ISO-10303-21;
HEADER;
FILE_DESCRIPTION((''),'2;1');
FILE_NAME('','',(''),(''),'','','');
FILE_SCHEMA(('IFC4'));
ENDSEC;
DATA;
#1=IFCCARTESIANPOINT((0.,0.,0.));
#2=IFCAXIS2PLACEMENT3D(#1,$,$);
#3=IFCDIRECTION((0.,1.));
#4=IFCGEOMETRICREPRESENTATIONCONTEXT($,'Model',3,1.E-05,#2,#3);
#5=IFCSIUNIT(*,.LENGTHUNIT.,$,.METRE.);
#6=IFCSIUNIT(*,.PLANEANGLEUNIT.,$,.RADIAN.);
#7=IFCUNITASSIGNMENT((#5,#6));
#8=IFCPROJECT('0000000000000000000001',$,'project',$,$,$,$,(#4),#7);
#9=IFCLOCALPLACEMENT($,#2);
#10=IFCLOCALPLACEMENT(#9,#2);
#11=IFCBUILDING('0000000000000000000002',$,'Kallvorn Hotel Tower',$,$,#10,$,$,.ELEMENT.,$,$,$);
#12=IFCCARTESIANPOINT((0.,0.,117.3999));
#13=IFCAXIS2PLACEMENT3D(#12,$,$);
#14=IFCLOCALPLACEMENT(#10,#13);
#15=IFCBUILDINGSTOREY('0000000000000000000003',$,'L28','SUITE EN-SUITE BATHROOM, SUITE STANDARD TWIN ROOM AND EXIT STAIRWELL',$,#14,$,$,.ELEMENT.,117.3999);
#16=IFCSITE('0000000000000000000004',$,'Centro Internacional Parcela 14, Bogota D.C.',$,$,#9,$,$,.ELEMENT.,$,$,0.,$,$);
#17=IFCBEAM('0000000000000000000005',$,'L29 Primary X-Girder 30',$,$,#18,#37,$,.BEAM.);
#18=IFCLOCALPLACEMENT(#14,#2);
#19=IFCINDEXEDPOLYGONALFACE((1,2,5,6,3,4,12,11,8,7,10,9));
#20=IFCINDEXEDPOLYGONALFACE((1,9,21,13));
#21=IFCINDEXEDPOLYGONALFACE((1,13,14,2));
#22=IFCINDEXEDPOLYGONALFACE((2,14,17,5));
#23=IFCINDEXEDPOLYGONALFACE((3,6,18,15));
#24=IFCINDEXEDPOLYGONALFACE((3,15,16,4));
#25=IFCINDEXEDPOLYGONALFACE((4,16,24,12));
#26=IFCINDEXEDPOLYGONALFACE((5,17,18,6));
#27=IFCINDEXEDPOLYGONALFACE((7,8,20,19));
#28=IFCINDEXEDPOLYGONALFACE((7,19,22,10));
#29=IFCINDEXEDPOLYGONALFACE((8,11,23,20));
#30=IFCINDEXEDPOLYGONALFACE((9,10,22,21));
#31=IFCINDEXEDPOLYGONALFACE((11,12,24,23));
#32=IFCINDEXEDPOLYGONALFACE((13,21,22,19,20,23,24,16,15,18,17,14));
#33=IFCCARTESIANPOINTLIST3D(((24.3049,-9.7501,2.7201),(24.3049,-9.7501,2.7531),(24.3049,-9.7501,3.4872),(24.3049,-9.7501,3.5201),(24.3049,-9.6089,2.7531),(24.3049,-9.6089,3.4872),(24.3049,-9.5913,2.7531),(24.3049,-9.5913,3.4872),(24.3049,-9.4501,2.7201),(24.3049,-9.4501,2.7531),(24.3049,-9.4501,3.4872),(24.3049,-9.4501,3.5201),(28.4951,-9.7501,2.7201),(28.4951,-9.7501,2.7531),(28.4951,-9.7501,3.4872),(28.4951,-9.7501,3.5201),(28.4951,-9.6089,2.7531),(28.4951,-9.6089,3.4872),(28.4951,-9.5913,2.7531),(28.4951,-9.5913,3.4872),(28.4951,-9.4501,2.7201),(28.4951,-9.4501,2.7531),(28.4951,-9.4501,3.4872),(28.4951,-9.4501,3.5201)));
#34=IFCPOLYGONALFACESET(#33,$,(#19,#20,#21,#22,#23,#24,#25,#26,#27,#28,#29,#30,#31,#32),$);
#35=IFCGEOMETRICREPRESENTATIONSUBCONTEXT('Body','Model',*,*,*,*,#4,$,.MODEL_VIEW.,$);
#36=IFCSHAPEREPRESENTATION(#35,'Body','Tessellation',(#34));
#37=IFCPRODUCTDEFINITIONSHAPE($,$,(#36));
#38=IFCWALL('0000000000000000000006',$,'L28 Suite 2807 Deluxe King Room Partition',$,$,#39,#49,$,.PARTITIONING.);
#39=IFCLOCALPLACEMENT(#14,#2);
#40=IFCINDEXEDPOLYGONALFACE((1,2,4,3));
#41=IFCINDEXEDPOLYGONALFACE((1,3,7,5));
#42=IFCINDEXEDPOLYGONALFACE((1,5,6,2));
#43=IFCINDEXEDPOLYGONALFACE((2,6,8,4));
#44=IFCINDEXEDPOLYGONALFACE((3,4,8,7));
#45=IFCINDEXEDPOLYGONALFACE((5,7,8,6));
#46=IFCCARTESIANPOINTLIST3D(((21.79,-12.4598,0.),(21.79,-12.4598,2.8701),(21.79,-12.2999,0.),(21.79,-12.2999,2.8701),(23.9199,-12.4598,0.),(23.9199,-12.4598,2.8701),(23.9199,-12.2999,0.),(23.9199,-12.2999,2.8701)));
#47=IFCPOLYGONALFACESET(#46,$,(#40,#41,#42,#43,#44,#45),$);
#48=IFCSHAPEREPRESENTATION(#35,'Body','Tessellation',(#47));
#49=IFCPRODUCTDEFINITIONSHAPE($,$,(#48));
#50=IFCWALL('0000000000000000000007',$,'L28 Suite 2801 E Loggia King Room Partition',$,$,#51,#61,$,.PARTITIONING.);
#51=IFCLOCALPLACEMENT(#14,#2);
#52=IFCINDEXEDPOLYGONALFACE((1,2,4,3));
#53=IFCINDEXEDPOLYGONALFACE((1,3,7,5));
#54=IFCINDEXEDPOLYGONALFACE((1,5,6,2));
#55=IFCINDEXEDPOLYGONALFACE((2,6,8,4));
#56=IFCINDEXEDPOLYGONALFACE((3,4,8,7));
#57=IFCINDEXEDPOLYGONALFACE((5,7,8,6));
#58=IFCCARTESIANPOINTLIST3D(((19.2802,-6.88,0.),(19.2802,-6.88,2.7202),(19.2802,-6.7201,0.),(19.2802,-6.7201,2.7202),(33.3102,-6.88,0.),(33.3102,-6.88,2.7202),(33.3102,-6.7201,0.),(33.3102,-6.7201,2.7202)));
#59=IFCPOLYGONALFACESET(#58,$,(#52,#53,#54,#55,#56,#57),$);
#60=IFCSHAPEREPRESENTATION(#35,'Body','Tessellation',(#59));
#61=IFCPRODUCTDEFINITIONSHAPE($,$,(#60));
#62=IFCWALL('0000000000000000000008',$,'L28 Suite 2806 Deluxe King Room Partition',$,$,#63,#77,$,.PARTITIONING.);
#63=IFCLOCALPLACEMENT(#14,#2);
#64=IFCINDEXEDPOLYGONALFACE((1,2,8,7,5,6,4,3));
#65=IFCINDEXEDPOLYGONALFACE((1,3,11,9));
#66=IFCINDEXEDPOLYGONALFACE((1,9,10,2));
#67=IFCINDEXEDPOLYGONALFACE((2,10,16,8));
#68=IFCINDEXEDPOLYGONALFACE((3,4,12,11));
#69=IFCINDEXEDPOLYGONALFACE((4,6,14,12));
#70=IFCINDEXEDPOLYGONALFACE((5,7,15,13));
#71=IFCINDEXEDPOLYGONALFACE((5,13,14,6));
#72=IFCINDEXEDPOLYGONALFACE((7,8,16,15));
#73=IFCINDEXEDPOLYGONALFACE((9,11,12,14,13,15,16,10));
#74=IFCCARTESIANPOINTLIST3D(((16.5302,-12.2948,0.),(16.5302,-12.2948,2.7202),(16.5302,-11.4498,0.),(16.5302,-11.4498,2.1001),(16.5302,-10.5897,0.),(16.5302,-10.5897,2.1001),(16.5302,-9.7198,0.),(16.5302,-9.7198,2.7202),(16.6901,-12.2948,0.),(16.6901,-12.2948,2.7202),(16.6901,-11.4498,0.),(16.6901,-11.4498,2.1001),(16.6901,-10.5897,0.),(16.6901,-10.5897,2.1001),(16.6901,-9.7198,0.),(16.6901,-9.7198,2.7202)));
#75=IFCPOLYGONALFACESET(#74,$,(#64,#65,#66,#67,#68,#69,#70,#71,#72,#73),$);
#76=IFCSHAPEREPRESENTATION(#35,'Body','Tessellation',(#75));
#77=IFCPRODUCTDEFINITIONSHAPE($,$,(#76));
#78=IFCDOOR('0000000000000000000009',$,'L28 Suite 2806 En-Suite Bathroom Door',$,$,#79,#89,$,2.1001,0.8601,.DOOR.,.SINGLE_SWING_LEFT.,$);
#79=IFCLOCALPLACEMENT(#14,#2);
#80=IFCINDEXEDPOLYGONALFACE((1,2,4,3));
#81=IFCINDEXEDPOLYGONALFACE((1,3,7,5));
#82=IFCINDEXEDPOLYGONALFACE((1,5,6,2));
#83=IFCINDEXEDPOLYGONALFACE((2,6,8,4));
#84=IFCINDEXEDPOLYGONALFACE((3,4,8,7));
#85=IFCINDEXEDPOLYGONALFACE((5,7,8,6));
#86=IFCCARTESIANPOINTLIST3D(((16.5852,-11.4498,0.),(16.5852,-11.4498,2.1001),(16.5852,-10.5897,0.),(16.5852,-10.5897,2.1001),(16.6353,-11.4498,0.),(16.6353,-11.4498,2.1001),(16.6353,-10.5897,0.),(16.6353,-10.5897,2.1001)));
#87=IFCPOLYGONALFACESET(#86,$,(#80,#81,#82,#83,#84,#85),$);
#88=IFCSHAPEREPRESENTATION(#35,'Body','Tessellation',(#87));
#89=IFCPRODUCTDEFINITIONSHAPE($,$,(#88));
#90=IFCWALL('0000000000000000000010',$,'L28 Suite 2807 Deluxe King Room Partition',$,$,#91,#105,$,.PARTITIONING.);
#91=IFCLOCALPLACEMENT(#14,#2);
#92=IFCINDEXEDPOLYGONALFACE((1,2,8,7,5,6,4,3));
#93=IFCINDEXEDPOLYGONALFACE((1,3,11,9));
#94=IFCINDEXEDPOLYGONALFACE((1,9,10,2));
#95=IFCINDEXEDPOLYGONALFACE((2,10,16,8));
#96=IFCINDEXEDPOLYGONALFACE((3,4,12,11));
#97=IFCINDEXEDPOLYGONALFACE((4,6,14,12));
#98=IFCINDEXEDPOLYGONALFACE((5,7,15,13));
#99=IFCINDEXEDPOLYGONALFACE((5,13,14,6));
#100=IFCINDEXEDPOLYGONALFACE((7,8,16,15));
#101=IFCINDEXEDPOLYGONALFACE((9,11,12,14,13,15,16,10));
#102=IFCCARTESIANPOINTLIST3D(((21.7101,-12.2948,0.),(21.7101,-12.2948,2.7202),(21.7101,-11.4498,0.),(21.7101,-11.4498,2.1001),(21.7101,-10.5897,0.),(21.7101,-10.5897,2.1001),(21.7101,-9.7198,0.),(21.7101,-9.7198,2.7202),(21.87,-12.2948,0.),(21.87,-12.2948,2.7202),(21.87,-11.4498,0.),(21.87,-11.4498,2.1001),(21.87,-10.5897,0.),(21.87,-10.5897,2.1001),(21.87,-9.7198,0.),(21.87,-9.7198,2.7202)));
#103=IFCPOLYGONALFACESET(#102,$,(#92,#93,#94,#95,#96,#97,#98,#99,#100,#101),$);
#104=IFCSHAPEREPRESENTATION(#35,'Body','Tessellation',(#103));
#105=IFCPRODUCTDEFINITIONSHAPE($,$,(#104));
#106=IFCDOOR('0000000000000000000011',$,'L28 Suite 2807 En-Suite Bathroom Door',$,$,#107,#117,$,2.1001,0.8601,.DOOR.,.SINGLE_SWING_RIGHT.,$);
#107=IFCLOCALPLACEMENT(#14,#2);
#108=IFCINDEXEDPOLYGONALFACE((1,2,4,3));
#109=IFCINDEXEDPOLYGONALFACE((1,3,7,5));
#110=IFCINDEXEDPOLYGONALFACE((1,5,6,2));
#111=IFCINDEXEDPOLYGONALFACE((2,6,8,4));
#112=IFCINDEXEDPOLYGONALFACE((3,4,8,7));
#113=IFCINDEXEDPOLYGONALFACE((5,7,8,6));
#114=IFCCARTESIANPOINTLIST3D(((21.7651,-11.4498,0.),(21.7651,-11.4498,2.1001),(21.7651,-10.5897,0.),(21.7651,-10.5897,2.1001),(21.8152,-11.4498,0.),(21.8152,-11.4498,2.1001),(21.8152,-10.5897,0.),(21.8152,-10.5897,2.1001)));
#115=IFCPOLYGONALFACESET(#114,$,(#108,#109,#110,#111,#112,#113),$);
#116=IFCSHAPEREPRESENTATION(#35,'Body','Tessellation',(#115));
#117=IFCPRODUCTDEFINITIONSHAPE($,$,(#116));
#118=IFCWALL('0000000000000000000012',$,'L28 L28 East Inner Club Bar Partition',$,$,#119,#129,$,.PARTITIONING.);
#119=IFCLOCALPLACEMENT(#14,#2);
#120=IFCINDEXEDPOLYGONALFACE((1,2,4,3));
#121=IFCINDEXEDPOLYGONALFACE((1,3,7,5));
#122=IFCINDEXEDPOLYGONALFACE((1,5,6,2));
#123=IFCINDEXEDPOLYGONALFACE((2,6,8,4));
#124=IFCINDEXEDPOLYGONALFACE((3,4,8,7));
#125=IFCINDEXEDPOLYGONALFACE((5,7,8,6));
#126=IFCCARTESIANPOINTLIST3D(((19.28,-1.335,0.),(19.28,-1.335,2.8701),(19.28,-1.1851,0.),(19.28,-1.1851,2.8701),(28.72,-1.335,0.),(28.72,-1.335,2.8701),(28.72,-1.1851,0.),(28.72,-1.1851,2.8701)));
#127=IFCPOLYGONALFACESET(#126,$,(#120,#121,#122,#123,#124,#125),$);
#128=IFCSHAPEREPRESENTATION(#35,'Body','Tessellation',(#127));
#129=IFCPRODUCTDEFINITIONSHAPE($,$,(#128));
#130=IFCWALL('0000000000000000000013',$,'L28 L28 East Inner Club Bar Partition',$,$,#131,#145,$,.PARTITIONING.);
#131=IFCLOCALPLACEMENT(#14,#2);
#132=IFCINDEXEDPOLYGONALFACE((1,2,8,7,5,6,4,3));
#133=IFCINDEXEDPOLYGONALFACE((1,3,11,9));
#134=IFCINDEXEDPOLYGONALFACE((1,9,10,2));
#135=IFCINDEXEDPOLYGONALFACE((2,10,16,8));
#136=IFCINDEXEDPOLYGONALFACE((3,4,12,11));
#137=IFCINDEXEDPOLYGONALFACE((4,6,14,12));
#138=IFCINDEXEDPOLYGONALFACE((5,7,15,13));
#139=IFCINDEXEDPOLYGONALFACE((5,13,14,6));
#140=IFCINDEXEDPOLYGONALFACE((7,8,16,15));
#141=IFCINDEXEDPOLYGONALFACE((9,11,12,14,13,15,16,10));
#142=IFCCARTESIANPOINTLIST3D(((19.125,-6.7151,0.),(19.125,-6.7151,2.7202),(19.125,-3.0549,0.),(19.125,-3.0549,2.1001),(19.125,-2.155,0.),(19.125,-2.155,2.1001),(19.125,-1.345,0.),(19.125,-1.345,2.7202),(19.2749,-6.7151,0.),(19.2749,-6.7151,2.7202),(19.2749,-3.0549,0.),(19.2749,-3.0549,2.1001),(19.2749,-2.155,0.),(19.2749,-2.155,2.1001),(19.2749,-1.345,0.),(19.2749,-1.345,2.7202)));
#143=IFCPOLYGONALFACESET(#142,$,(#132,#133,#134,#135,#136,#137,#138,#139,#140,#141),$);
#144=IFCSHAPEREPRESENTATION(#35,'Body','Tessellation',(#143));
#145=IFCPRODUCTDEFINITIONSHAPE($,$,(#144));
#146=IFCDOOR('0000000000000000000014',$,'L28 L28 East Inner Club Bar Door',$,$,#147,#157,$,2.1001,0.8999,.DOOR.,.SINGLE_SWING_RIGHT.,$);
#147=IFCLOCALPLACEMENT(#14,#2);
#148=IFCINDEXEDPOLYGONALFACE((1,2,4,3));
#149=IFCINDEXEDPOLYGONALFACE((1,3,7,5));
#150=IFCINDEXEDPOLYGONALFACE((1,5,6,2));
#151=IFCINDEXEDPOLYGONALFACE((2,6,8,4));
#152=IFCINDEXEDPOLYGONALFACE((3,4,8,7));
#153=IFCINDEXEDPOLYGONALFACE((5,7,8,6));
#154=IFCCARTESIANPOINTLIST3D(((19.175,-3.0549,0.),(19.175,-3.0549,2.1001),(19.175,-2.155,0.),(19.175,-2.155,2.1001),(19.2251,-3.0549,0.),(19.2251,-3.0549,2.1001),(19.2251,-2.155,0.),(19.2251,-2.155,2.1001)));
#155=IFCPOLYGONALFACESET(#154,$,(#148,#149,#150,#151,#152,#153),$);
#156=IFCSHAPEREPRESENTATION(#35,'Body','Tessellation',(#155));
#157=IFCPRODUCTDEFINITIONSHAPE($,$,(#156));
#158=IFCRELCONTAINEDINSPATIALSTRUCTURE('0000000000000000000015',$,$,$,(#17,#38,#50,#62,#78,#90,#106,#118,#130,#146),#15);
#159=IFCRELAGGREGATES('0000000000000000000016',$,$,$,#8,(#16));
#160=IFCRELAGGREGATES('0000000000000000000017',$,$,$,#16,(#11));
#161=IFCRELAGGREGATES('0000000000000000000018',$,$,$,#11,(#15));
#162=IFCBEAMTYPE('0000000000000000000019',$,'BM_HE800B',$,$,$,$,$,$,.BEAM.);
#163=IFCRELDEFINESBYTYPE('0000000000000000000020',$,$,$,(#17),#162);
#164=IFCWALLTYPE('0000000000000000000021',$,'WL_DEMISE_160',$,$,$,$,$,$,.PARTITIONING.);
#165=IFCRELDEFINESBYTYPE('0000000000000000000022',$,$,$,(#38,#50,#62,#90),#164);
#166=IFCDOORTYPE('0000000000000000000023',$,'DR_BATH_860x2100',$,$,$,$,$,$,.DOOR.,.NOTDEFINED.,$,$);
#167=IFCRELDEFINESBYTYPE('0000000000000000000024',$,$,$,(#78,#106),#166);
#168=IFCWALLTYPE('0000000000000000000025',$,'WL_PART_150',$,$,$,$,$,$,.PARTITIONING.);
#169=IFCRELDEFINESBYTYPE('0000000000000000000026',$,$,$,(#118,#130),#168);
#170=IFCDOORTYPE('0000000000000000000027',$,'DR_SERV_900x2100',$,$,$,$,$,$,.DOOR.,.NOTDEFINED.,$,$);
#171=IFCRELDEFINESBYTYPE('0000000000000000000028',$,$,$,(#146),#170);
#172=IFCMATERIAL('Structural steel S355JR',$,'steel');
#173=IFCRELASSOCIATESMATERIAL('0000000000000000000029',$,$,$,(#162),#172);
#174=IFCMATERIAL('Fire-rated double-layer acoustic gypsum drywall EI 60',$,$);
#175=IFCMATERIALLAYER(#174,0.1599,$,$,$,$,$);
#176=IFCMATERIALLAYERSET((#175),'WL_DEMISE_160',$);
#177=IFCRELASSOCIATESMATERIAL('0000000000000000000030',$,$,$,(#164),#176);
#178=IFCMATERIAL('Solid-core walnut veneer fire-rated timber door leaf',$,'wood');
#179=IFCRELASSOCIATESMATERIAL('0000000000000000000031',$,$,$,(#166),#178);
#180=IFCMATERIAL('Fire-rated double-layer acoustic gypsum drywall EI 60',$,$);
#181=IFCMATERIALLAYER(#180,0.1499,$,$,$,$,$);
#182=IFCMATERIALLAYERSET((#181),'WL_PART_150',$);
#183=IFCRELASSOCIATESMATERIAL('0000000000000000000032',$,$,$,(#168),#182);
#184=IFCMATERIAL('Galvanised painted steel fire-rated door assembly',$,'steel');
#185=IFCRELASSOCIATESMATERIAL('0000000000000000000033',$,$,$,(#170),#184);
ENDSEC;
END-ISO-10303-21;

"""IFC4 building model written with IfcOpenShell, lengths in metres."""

from ifc_helpers import new_model, si_unit, direction, frame, frame_2d, origin, origin_2d, place, context, subcontext, project, spatial, rectangle, i_section, extrude, material, layer, layer_set, material_profile, profile_set, type_object, element, fill, save


model = new_model("IFC4")

# Units and contexts
model_context = context("Model", 3, precision=1e-05, world=origin(), true_north=direction((0.0, 1.0)))
body_context = subcontext(model_context, "Body", "Model", "MODEL_VIEW")
ifc_project = project(units=[si_unit("LENGTHUNIT", "METRE"), si_unit("PLANEANGLEUNIT", "RADIAN")], contexts=[model_context])

# Site, building, storey
site_placement = place(None, origin())
site = spatial("IfcSite", under=ifc_project, at=site_placement, Name="Centro Internacional Parcela 14, Bogota D.C.", CompositionType="ELEMENT", RefElevation=0.0)
building_placement = place(site_placement, origin())
building = spatial("IfcBuilding", under=site, at=building_placement, Name="Kallvorn Hotel Tower", CompositionType="ELEMENT")
storey_placement = place(building_placement, frame((0.0, 0.0, 117.3999)))
storey = spatial("IfcBuildingStorey", under=building, at=storey_placement, Name="L28", Description="SUITE EN-SUITE BATHROOM, SUITE STANDARD TWIN ROOM AND EXIT STAIRWELL", CompositionType="ELEMENT", Elevation=117.3999)

# Beam
ifc_material_1 = material(Name="Structural steel S355JR", Category="steel")
ifc_material_profile_1 = material_profile(ifc_material_1, i_section(OverallWidth=0.3, OverallDepth=0.8, WebThickness=0.0176, FlangeThickness=0.033, at=origin_2d()), Name="HE 800 B")
ifc_profile_set_1 = profile_set([ifc_material_profile_1], Name="Structural steel S355JR")
beam_type_1 = type_object("IfcBeamType", Name="BM_HE800B", PredefinedType="BEAM", material=ifc_profile_set_1)
for number, where, z_axis, x_axis, name in (
    (1, (24.3049, -9.6001, 3.1201), (1.0, 0.0, 0.0), (0.0, 1.0, 0.0), "L29 Primary X-Girder 30"),
):
    element("IfcBeam", number, at=place(storey_placement, frame(where, z_axis=z_axis, x_axis=x_axis)), inside=storey, type_object=beam_type_1, Name=name, PredefinedType="BEAM", context=body_context, shape_type="SweptSolid", body=[
        extrude(i_section(OverallWidth=0.3, OverallDepth=0.8, WebThickness=0.0176, FlangeThickness=0.033, at=origin_2d()), origin(), (0.0, 0.0, 1.0), 4.1902),
    ])

# Walls
ifc_material_2 = material(Name="Fire-rated double-layer acoustic gypsum drywall EI 60")
ifc_layer_1 = layer(ifc_material_2, 0.1599)
ifc_layer_set_1 = layer_set([ifc_layer_1], Name="WL_DEMISE_160")
wall_type_1 = type_object("IfcWallType", Name="WL_DEMISE_160", PredefinedType="PARTITIONING", material=ifc_layer_set_1)
wall_1_placement = place(storey_placement, frame((21.79, -12.3799, 0.0), z_axis=(0.0, 0.0, 1.0), x_axis=(1.0, 0.0, 0.0)))
element("IfcWall", 2, at=wall_1_placement, inside=storey, type_object=wall_type_1, Name="L28 Suite 2807 Deluxe King Room Partition", PredefinedType="PARTITIONING", context=body_context, shape_type="SweptSolid", body=[
    extrude(rectangle(XDim=2.1299, YDim=0.1599, at=frame_2d((1.0649, 0.0))), origin(), (0.0, 0.0, 1.0), 2.8701),
])
wall_2_placement = place(storey_placement, frame((19.28, -6.8, 0.0), z_axis=(0.0, 0.0, 1.0), x_axis=(1.0, 0.0, 0.0)))
element("IfcWall", 3, at=wall_2_placement, inside=storey, type_object=wall_type_1, Name="L28 Suite 2801 E Loggia King Room Partition", PredefinedType="PARTITIONING", context=body_context, shape_type="SweptSolid", body=[
    extrude(rectangle(XDim=14.03, YDim=0.1599, at=frame_2d((7.0151, 0.0))), origin(), (0.0, 0.0, 1.0), 2.7202),
])

# Walls, openings, doors
wall_3_placement = place(storey_placement, frame((16.6101, -12.2949, 0.0), z_axis=(0.0, 0.0, 1.0), x_axis=(0.0, 1.0, 0.0)))
wall_3 = element("IfcWall", 4, at=wall_3_placement, inside=storey, type_object=wall_type_1, Name="L28 Suite 2806 Deluxe King Room Partition", PredefinedType="PARTITIONING", context=body_context, shape_type="SweptSolid", body=[
    extrude(rectangle(XDim=2.575, YDim=0.1599, at=frame_2d((1.2876, 0.0))), origin(), (0.0, 0.0, 1.0), 2.7202),
])
opening_1_placement = place(wall_3_placement, frame((0.845, 0.0, 0.0)))
opening_1 = element("IfcOpeningElement", 5, at=opening_1_placement, cuts=wall_3, PredefinedType="OPENING", context=body_context, shape_type="SweptSolid", body=[
    extrude(rectangle(XDim=0.8601, YDim=2.1001, at=frame_2d((0.4302, 1.05))), frame((0.0, 0.095, 0.0), z_axis=(0.0, -1.0, 0.0), x_axis=(1.0, 0.0, 0.0)), (0.0, 0.0, 1.0), 0.1899),
])
ifc_material_3 = material(Name="Solid-core walnut veneer fire-rated timber door leaf", Category="wood")
door_type_1 = type_object("IfcDoorType", Name="DR_BATH_860x2100", OperationType="NOTDEFINED", PredefinedType="DOOR", material=ifc_material_3)
door_1_placement = place(opening_1_placement, origin())
door_1 = element("IfcDoor", 6, at=door_1_placement, inside=storey, type_object=door_type_1, Name="L28 Suite 2806 En-Suite Bathroom Door", OperationType="SINGLE_SWING_LEFT", OverallHeight=2.1001, OverallWidth=0.8601, PredefinedType="DOOR", context=body_context, shape_type="SweptSolid", body=[
    extrude(rectangle(XDim=0.8601, YDim=2.1001, at=frame_2d((0.4302, 1.05))), frame((0.0, 0.0249, 0.0), z_axis=(0.0, -1.0, 0.0), x_axis=(1.0, 0.0, 0.0)), (0.0, 0.0, 1.0), 0.05),
])
fill(opening_1, door_1)
wall_4_placement = place(storey_placement, frame((21.79, -12.2949, 0.0), z_axis=(0.0, 0.0, 1.0), x_axis=(0.0, 1.0, 0.0)))
wall_4 = element("IfcWall", 7, at=wall_4_placement, inside=storey, type_object=wall_type_1, Name="L28 Suite 2807 Deluxe King Room Partition", PredefinedType="PARTITIONING", context=body_context, shape_type="SweptSolid", body=[
    extrude(rectangle(XDim=2.575, YDim=0.1599, at=frame_2d((1.2876, 0.0))), origin(), (0.0, 0.0, 1.0), 2.7202),
])
opening_2_placement = place(wall_4_placement, frame((0.845, 0.0, 0.0)))
opening_2 = element("IfcOpeningElement", 8, at=opening_2_placement, cuts=wall_4, PredefinedType="OPENING", context=body_context, shape_type="SweptSolid", body=[
    extrude(rectangle(XDim=0.8601, YDim=2.1001, at=frame_2d((0.4302, 1.05))), frame((0.0, 0.095, 0.0), z_axis=(0.0, -1.0, 0.0), x_axis=(1.0, 0.0, 0.0)), (0.0, 0.0, 1.0), 0.1899),
])
door_2_placement = place(opening_2_placement, origin())
door_2 = element("IfcDoor", 9, at=door_2_placement, inside=storey, type_object=door_type_1, Name="L28 Suite 2807 En-Suite Bathroom Door", OperationType="SINGLE_SWING_RIGHT", OverallHeight=2.1001, OverallWidth=0.8601, PredefinedType="DOOR", context=body_context, shape_type="SweptSolid", body=[
    extrude(rectangle(XDim=0.8601, YDim=2.1001, at=frame_2d((0.4302, 1.05))), frame((0.0, 0.0249, 0.0), z_axis=(0.0, -1.0, 0.0), x_axis=(1.0, 0.0, 0.0)), (0.0, 0.0, 1.0), 0.05),
])
fill(opening_2, door_2)

# Wall
ifc_material_4 = material(Name="Fire-rated double-layer acoustic gypsum drywall EI 60")
ifc_layer_2 = layer(ifc_material_4, 0.1499)
ifc_layer_set_2 = layer_set([ifc_layer_2], Name="WL_PART_150")
wall_type_2 = type_object("IfcWallType", Name="WL_PART_150", PredefinedType="PARTITIONING", material=ifc_layer_set_2)
wall_5_placement = place(storey_placement, frame((19.28, -1.26, 0.0), z_axis=(0.0, 0.0, 1.0), x_axis=(1.0, 0.0, 0.0)))
element("IfcWall", 10, at=wall_5_placement, inside=storey, type_object=wall_type_2, Name="L28 L28 East Inner Club Bar Partition", PredefinedType="PARTITIONING", context=body_context, shape_type="SweptSolid", body=[
    extrude(rectangle(XDim=9.4399, YDim=0.1499, at=frame_2d((4.72, 0.0))), origin(), (0.0, 0.0, 1.0), 2.8701),
])

# Wall, opening, door
wall_6_placement = place(storey_placement, frame((19.2, -6.7151, 0.0), z_axis=(0.0, 0.0, 1.0), x_axis=(0.0, 1.0, 0.0)))
wall_6 = element("IfcWall", 11, at=wall_6_placement, inside=storey, type_object=wall_type_2, Name="L28 L28 East Inner Club Bar Partition", PredefinedType="PARTITIONING", context=body_context, shape_type="SweptSolid", body=[
    extrude(rectangle(XDim=5.3701, YDim=0.1499, at=frame_2d((2.6851, 0.0))), origin(), (0.0, 0.0, 1.0), 2.7202),
])
opening_3_placement = place(wall_6_placement, frame((3.6602, 0.0, 0.0)))
opening_3 = element("IfcOpeningElement", 12, at=opening_3_placement, cuts=wall_6, PredefinedType="OPENING", context=body_context, shape_type="SweptSolid", body=[
    extrude(rectangle(XDim=0.8999, YDim=2.1001, at=frame_2d((0.45, 1.05))), frame((0.0, 0.0898, 0.0), z_axis=(0.0, -1.0, 0.0), x_axis=(1.0, 0.0, 0.0)), (0.0, 0.0, 1.0), 0.1799),
])
ifc_material_5 = material(Name="Galvanised painted steel fire-rated door assembly", Category="steel")
door_type_2 = type_object("IfcDoorType", Name="DR_SERV_900x2100", OperationType="NOTDEFINED", PredefinedType="DOOR", material=ifc_material_5)
door_3_placement = place(opening_3_placement, origin())
door_3 = element("IfcDoor", 13, at=door_3_placement, inside=storey, type_object=door_type_2, Name="L28 L28 East Inner Club Bar Door", OperationType="SINGLE_SWING_RIGHT", OverallHeight=2.1001, OverallWidth=0.8999, PredefinedType="DOOR", context=body_context, shape_type="SweptSolid", body=[
    extrude(rectangle(XDim=0.8999, YDim=2.1001, at=frame_2d((0.45, 1.05))), frame((0.0, 0.0249, 0.0), z_axis=(0.0, -1.0, 0.0), x_axis=(1.0, 0.0, 0.0)), (0.0, 0.0, 1.0), 0.05),
])
fill(opening_3, door_3)

save(model, "model.ifc")
